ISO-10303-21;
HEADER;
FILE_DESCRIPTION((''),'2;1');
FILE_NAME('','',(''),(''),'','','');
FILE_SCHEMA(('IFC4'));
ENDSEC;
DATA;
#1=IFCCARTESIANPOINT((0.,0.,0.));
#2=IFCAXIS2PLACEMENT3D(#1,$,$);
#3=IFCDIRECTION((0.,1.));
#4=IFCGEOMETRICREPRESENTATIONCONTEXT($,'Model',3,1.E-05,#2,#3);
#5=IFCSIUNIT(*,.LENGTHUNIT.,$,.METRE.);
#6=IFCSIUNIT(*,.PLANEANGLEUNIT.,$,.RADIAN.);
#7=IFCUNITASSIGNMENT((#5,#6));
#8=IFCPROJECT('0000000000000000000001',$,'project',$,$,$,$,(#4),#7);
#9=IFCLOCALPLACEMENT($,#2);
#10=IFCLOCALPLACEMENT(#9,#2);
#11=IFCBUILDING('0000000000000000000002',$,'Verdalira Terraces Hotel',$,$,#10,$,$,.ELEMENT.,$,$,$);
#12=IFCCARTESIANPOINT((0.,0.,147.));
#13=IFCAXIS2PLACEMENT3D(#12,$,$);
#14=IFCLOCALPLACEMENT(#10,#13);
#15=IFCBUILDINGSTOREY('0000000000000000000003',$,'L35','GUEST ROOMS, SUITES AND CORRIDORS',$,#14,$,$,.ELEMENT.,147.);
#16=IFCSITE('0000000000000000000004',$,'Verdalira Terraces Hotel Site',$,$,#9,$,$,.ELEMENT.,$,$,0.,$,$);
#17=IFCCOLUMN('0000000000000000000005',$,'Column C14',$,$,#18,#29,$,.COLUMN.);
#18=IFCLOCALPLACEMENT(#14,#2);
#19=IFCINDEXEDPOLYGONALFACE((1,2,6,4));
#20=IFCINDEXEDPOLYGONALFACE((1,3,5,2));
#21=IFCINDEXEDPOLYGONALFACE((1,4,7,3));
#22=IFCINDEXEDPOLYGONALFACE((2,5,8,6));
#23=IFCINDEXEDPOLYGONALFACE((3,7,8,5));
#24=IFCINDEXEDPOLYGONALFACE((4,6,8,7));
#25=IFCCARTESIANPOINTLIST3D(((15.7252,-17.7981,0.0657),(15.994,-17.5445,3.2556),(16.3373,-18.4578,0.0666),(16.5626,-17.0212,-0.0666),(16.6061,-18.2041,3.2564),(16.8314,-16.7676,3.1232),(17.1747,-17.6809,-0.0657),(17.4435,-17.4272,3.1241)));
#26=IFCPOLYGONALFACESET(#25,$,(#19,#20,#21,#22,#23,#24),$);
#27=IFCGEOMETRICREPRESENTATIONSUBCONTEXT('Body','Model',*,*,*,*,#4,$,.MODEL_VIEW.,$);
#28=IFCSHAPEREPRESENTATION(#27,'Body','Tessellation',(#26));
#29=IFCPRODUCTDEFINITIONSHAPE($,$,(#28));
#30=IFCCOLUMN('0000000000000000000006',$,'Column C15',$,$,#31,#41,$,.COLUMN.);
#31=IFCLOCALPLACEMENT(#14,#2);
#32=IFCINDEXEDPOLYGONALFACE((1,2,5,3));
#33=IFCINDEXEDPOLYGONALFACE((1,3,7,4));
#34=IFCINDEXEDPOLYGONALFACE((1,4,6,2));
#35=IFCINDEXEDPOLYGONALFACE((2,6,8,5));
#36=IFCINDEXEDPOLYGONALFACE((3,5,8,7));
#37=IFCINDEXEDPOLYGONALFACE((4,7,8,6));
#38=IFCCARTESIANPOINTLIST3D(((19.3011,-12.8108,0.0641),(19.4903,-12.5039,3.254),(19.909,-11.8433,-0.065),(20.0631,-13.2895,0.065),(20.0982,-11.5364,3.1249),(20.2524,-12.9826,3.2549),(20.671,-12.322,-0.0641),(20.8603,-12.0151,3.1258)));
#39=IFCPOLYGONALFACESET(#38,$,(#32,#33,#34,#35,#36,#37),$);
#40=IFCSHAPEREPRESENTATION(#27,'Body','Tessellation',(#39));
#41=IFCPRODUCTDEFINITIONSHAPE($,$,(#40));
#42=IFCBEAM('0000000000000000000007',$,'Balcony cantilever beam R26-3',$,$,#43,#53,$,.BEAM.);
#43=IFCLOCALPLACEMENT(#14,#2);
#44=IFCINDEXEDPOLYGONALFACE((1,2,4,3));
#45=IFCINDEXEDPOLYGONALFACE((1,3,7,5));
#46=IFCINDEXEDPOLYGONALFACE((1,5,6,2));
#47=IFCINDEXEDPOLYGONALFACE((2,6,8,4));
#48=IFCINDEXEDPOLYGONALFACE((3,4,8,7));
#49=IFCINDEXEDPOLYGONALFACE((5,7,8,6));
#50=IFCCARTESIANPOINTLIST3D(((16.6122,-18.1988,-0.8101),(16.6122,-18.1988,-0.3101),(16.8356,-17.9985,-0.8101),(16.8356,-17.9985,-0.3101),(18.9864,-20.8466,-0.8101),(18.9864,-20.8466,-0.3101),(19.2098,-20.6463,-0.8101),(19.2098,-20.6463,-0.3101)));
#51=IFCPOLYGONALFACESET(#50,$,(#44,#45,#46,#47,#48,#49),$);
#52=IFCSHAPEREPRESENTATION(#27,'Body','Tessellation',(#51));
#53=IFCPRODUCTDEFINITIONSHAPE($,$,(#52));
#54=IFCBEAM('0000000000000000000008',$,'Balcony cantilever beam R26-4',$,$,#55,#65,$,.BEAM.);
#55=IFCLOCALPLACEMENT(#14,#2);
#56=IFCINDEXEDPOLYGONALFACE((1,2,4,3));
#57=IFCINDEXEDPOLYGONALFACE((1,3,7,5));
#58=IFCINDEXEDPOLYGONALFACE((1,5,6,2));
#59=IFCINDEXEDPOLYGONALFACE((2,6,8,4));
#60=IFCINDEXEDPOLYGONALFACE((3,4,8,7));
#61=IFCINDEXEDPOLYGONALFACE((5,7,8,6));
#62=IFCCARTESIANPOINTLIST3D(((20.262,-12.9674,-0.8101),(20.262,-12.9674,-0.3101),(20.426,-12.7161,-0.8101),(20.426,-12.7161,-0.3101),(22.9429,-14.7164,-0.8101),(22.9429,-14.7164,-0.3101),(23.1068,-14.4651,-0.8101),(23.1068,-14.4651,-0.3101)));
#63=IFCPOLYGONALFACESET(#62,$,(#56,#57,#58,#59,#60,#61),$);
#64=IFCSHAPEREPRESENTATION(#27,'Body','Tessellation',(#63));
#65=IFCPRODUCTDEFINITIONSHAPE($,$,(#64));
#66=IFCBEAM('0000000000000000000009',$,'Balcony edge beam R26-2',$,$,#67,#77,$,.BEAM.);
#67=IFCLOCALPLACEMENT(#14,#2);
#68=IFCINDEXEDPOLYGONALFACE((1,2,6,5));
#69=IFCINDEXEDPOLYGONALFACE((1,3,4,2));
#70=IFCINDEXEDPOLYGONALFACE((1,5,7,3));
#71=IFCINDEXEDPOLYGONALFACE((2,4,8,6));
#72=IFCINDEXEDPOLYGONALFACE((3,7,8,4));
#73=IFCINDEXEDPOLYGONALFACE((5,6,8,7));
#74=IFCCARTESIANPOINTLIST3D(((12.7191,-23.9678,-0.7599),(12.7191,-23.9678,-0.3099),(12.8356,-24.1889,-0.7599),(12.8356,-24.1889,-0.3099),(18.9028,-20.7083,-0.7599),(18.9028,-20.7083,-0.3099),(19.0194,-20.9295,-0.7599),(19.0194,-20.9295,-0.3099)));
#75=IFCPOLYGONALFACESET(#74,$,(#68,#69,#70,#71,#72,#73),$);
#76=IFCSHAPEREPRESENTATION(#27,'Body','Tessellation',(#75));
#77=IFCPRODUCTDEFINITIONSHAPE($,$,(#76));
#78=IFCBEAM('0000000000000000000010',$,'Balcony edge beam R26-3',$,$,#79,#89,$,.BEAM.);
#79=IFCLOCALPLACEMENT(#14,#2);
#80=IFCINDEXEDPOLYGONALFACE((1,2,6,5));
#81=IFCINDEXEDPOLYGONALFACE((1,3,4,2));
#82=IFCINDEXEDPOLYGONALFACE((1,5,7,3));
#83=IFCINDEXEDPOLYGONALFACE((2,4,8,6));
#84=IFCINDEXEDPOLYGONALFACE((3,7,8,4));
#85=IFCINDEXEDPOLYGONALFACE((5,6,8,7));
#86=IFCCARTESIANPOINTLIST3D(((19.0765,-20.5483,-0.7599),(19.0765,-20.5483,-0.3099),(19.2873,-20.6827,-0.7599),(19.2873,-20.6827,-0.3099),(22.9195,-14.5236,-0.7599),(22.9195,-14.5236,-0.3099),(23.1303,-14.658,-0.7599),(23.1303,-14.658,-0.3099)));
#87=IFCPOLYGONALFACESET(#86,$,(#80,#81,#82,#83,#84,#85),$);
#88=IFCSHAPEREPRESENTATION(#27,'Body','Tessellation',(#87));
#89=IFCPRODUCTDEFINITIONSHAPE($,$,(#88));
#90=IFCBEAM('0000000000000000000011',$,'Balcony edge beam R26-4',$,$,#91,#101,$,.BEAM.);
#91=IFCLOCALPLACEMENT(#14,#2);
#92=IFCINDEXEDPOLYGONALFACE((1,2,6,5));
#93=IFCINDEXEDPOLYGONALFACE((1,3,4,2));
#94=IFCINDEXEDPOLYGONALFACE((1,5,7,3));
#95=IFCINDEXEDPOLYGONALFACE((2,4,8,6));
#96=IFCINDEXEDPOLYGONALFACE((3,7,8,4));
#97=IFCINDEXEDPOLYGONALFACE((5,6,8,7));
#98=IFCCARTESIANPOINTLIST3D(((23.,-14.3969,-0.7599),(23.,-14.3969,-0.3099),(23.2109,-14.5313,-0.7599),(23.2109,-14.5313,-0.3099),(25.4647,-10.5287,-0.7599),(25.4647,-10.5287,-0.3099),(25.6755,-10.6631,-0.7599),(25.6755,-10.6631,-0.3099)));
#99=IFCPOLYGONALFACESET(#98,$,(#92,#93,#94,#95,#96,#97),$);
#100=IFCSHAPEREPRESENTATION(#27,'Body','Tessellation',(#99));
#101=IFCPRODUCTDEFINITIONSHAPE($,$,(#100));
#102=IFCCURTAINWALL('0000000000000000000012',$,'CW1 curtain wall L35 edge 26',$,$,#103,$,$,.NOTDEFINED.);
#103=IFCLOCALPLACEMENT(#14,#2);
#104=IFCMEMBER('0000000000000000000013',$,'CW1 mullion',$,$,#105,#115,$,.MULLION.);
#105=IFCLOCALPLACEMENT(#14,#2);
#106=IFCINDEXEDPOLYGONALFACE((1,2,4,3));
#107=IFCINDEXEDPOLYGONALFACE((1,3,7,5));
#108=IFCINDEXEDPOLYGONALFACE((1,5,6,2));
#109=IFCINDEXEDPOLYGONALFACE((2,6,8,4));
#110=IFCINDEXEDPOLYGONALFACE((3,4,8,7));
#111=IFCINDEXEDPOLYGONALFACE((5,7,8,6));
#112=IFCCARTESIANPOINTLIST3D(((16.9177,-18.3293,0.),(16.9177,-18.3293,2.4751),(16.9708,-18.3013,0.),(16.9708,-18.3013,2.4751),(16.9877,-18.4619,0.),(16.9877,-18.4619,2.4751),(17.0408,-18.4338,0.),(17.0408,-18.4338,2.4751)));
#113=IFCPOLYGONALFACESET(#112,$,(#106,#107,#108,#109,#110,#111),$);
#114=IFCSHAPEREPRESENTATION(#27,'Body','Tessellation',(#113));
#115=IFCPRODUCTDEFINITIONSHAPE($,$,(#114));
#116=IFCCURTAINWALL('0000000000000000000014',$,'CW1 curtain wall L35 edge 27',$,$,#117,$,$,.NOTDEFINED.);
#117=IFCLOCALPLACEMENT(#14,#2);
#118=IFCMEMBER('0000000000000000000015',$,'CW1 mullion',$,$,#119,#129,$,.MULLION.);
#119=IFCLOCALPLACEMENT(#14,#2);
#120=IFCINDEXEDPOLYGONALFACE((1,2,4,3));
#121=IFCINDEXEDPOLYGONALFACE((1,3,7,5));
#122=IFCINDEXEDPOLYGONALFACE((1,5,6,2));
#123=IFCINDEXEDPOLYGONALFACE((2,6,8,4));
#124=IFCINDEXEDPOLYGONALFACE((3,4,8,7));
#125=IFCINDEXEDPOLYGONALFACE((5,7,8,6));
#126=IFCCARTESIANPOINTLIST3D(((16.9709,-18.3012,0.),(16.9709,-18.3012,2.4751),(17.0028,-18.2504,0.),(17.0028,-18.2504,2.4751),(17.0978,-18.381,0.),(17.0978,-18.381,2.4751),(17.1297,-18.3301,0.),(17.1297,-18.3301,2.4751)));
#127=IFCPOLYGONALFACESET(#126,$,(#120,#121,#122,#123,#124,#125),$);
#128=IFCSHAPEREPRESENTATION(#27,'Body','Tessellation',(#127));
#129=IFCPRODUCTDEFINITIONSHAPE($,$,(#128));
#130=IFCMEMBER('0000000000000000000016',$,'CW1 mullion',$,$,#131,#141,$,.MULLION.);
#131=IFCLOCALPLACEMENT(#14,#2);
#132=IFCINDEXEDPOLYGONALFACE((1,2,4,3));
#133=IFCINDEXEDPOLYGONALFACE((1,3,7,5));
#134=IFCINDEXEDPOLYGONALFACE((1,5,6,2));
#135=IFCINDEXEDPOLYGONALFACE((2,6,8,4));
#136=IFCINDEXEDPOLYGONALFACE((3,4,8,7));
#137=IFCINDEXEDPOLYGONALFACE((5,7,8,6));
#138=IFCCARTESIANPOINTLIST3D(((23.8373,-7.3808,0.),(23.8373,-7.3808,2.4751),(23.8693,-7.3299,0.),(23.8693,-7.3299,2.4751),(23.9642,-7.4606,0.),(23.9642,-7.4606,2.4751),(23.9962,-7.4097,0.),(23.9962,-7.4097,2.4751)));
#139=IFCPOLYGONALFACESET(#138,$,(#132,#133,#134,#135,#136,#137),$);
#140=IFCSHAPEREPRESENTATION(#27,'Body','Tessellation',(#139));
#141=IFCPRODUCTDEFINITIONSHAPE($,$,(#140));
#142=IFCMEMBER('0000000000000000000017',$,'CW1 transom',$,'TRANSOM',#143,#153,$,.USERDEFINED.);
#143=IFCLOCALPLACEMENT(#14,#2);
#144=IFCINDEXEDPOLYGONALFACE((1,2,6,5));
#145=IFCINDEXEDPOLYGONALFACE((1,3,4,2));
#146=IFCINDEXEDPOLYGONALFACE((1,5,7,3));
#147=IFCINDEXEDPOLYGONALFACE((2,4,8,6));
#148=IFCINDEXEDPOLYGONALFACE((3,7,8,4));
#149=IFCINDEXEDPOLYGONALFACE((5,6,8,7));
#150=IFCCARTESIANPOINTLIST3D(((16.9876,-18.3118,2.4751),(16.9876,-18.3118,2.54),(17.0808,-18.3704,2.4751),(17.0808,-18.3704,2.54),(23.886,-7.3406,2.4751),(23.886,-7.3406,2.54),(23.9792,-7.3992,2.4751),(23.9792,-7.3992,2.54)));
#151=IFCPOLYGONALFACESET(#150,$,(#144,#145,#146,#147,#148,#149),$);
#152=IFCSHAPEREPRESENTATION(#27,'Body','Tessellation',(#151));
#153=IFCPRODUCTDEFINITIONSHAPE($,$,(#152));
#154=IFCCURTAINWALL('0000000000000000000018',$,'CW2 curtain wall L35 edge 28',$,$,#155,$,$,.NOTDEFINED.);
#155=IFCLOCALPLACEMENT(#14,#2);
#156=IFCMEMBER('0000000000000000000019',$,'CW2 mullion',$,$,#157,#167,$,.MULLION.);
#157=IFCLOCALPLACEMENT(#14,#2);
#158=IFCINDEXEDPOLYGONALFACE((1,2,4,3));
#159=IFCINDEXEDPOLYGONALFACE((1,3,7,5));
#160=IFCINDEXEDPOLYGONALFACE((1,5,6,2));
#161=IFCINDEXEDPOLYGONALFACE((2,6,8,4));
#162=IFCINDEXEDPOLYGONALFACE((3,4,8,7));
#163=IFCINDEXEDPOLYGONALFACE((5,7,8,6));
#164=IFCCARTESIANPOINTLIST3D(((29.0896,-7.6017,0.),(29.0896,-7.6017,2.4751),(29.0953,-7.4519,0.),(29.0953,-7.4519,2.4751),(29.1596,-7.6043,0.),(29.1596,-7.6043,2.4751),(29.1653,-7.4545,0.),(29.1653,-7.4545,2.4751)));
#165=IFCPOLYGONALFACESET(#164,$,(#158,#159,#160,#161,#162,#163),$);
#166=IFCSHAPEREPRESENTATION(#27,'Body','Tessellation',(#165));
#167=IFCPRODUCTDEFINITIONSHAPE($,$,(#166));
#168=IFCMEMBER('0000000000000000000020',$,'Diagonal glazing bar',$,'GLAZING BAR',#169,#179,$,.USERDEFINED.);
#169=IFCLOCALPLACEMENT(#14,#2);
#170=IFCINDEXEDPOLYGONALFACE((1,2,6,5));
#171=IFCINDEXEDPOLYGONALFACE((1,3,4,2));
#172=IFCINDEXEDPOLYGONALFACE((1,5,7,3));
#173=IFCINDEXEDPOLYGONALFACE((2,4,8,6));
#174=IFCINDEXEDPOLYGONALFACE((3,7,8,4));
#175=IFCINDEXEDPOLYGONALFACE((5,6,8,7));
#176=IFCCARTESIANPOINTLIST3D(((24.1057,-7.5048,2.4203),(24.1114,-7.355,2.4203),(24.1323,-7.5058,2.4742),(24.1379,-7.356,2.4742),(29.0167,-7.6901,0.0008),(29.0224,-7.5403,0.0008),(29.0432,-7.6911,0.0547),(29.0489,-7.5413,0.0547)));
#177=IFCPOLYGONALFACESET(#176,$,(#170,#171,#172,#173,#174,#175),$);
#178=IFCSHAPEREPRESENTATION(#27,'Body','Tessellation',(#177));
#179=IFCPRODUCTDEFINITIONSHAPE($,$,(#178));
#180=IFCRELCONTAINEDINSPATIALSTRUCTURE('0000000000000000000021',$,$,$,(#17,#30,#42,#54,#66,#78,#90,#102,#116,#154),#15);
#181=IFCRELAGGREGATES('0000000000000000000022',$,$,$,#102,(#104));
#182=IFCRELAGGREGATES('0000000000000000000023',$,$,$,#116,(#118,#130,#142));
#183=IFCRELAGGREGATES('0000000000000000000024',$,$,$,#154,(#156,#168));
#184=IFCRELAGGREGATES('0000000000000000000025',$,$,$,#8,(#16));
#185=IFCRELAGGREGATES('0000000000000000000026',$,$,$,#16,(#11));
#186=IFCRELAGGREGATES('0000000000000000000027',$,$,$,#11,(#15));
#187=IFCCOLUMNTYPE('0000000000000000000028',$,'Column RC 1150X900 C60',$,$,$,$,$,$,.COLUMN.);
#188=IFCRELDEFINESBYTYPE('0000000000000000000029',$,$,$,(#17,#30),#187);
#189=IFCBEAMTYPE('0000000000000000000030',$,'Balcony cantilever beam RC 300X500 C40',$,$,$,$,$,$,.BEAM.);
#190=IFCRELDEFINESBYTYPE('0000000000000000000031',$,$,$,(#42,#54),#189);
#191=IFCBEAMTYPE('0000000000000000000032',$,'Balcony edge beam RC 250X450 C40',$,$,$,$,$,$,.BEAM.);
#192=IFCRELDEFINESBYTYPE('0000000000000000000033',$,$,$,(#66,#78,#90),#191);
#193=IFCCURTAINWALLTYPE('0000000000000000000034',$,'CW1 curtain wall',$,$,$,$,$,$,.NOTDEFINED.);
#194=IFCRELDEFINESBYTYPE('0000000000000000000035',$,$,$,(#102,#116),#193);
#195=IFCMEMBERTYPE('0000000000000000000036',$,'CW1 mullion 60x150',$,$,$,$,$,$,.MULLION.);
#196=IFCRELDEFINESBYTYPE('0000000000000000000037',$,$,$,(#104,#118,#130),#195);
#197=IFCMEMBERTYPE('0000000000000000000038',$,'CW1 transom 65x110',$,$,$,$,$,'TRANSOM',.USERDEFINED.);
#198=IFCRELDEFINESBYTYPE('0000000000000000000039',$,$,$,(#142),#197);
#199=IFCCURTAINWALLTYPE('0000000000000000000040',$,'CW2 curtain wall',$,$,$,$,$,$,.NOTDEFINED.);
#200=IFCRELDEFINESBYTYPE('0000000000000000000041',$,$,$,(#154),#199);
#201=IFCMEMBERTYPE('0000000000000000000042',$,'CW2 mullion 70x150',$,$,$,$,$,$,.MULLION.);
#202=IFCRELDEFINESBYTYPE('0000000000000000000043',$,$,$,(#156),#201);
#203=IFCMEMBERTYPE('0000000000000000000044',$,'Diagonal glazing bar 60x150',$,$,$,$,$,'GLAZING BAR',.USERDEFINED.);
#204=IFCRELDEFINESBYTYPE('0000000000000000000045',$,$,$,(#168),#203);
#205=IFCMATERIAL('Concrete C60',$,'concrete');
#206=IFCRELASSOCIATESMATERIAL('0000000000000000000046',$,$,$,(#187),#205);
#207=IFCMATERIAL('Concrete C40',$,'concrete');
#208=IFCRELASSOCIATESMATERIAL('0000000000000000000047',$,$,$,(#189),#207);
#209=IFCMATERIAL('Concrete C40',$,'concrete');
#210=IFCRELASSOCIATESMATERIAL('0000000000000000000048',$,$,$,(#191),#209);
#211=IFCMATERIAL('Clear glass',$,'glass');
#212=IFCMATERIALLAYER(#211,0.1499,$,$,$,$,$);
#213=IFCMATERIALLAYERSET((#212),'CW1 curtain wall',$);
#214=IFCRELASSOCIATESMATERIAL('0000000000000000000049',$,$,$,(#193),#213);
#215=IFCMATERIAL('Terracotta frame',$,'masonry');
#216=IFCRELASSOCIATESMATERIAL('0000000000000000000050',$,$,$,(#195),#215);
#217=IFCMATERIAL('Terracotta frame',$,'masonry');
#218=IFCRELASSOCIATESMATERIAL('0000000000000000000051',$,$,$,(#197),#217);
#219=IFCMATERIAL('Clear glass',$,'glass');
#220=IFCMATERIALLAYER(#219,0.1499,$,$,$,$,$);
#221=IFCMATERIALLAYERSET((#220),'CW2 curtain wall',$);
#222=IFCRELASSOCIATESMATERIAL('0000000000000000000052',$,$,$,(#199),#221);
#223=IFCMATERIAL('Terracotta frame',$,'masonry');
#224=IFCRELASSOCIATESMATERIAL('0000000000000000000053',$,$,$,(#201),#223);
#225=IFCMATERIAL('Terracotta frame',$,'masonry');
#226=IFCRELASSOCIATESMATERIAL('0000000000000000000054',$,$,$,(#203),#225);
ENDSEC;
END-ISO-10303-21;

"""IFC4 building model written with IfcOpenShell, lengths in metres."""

from ifc_helpers import new_model, si_unit, direction, frame, origin, origin_2d, place, context, subcontext, project, spatial, rectangle, extrude, material, layer, layer_set, material_profile, profile_set, type_object, element, aggregate, save


model = new_model("IFC4")

# Units and contexts
model_context = context("Model", 3, precision=1e-05, world=origin(), true_north=direction((0.0, 1.0)))
body_context = subcontext(model_context, "Body", "Model", "MODEL_VIEW")
ifc_project = project(units=[si_unit("LENGTHUNIT", "METRE"), si_unit("PLANEANGLEUNIT", "RADIAN")], contexts=[model_context])

# Site, building, storey
site_placement = place(None, origin())
site = spatial("IfcSite", under=ifc_project, at=site_placement, Name="Verdalira Terraces Hotel Site", CompositionType="ELEMENT", RefElevation=0.0)
building_placement = place(site_placement, origin())
building = spatial("IfcBuilding", under=site, at=building_placement, Name="Verdalira Terraces Hotel", CompositionType="ELEMENT")
storey_placement = place(building_placement, frame((0.0, 0.0, 147.0)))
storey = spatial("IfcBuildingStorey", under=building, at=storey_placement, Name="L35", Description="GUEST ROOMS, SUITES AND CORRIDORS", CompositionType="ELEMENT", Elevation=147.0)

# Columns
ifc_material_1 = material(Name="Concrete C60", Category="concrete")
ifc_material_profile_1 = material_profile(ifc_material_1, rectangle(XDim=1.1499, YDim=0.8999, at=origin_2d()), Name="RC 1150X900")
ifc_profile_set_1 = profile_set([ifc_material_profile_1], Name="Concrete C60")
column_type = type_object("IfcColumnType", Name="Column RC 1150X900 C60", PredefinedType="COLUMN", material=ifc_profile_set_1)
column_1_placement = place(storey_placement, frame((16.45, -17.7395, 0.0), z_axis=(0.083705, 0.078991, 0.993355), x_axis=(-0.728217, -0.675614, 0.115087)))
element("IfcColumn", 1, at=column_1_placement, inside=storey, type_object=column_type, Name="Column C14", PredefinedType="COLUMN", context=body_context, shape_type="SweptSolid", body=[
    extrude(rectangle(XDim=1.1499, YDim=0.8999, at=origin_2d()), origin(), (0.0, 0.0, 1.0), 3.2112),
])
column_2_placement = place(storey_placement, frame((19.9861, -12.5664, 0.0), z_axis=(0.058939, 0.095595, 0.993674), x_axis=(0.528654, 0.841376, -0.1123)))
element("IfcColumn", 2, at=column_2_placement, inside=storey, type_object=column_type, Name="Column C15", PredefinedType="COLUMN", context=body_context, shape_type="SweptSolid", body=[
    extrude(rectangle(XDim=1.1499, YDim=0.8999, at=origin_2d()), origin(), (0.0, 0.0, 1.0), 3.2102),
])

# Beams
ifc_material_2 = material(Name="Concrete C40", Category="concrete")
ifc_material_profile_2 = material_profile(ifc_material_2, rectangle(XDim=0.3, YDim=0.5, at=origin_2d()), Name="RC 300X500")
ifc_profile_set_2 = profile_set([ifc_material_profile_2], Name="Concrete C40")
beam_type_1 = type_object("IfcBeamType", Name="Balcony cantilever beam RC 300X500 C40", PredefinedType="BEAM", material=ifc_profile_set_2)
beam_1_placement = place(storey_placement, frame((16.7239, -18.0986, -0.5601), z_axis=(0.667583, -0.744535, 0.0), x_axis=(0.744535, 0.667583, 0.0)))
element("IfcBeam", 3, at=beam_1_placement, inside=storey, type_object=beam_type_1, Name="Balcony cantilever beam R26-3", PredefinedType="BEAM", context=body_context, shape_type="SweptSolid", body=[
    extrude(rectangle(XDim=0.3, YDim=0.5, at=origin_2d()), origin(), (0.0, 0.0, 1.0), 3.5564),
])
beam_2_placement = place(storey_placement, frame((20.344, -12.8418, -0.5601), z_axis=(0.837524, -0.5464, 0.0), x_axis=(0.5464, 0.837524, 0.0)))
element("IfcBeam", 4, at=beam_2_placement, inside=storey, type_object=beam_type_1, Name="Balcony cantilever beam R26-4", PredefinedType="BEAM", context=body_context, shape_type="SweptSolid", body=[
    extrude(rectangle(XDim=0.3, YDim=0.5, at=origin_2d()), origin(), (0.0, 0.0, 1.0), 3.2009),
])
ifc_material_3 = material(Name="Concrete C40", Category="concrete")
ifc_material_profile_3 = material_profile(ifc_material_3, rectangle(XDim=0.25, YDim=0.45, at=origin_2d()), Name="RC 250X450")
ifc_profile_set_3 = profile_set([ifc_material_profile_3], Name="Concrete C40")
beam_type_2 = type_object("IfcBeamType", Name="Balcony edge beam RC 250X450 C40", PredefinedType="BEAM", material=ifc_profile_set_3)
beam_3_placement = place(storey_placement, frame((12.7773, -24.0784, -0.5349), z_axis=(0.884631, 0.466292, 0.0), x_axis=(-0.466292, 0.884631, 0.0)))
element("IfcBeam", 5, at=beam_3_placement, inside=storey, type_object=beam_type_2, Name="Balcony edge beam R26-2", PredefinedType="BEAM", context=body_context, shape_type="SweptSolid", body=[
    extrude(rectangle(XDim=0.25, YDim=0.45, at=origin_2d()), origin(), (0.0, 0.0, 1.0), 6.9902),
])
beam_4_placement = place(storey_placement, frame((19.1819, -20.6155, -0.5349), z_axis=(0.537786, 0.843081, 0.0), x_axis=(-0.843081, 0.537786, 0.0)))
element("IfcBeam", 6, at=beam_4_placement, inside=storey, type_object=beam_type_2, Name="Balcony edge beam R26-3", PredefinedType="BEAM", context=body_context, shape_type="SweptSolid", body=[
    extrude(rectangle(XDim=0.25, YDim=0.45, at=origin_2d()), origin(), (0.0, 0.0, 1.0), 7.146),
])
beam_5_placement = place(storey_placement, frame((23.1055, -14.4641, -0.5349), z_axis=(0.537347, 0.843361, 0.0), x_axis=(-0.843361, 0.537347, 0.0)))
element("IfcBeam", 7, at=beam_5_placement, inside=storey, type_object=beam_type_2, Name="Balcony edge beam R26-4", PredefinedType="BEAM", context=body_context, shape_type="SweptSolid", body=[
    extrude(rectangle(XDim=0.25, YDim=0.45, at=origin_2d()), origin(), (0.0, 0.0, 1.0), 4.5867),
])

# Curtain wall, member
ifc_material_4 = material(Name="Clear glass", Category="glass")
ifc_layer_1 = layer(ifc_material_4, 0.1499)
ifc_layer_set_1 = layer_set([ifc_layer_1], Name="CW1 curtain wall")
curtain_wall_type_1 = type_object("IfcCurtainWallType", Name="CW1 curtain wall", PredefinedType="NOTDEFINED", material=ifc_layer_set_1)
curtain_wall_1_placement = place(storey_placement, origin())
curtain_wall_1 = element("IfcCurtainWall", 8, at=curtain_wall_1_placement, inside=storey, type_object=curtain_wall_type_1, Name="CW1 curtain wall L35 edge 26", PredefinedType="NOTDEFINED")
ifc_material_5 = material(Name="Terracotta frame", Category="masonry")
ifc_material_profile_4 = material_profile(ifc_material_5, rectangle(XDim=0.0601, YDim=0.1499, at=origin_2d()), Name="MU 60x150")
ifc_profile_set_4 = profile_set([ifc_material_profile_4], Name="Terracotta frame")
member_type_1 = type_object("IfcMemberType", Name="CW1 mullion 60x150", PredefinedType="MULLION", material=ifc_profile_set_4)
member_1_placement = place(storey_placement, frame((16.9792, -18.3816, 0.0), z_axis=(0.0, 0.0, 1.0), x_axis=(0.884255, 0.467004, 0.0)))
member_1 = element("IfcMember", 9, at=member_1_placement, type_object=member_type_1, Name="CW1 mullion", PredefinedType="MULLION", context=body_context, shape_type="SweptSolid", body=[
    extrude(rectangle(XDim=0.0601, YDim=0.1499, at=origin_2d()), origin(), (0.0, 0.0, 1.0), 2.4751),
])
aggregate(curtain_wall_1, [member_1])

# Curtain walls, members
curtain_wall_2_placement = place(storey_placement, origin())
curtain_wall_2 = element("IfcCurtainWall", 10, at=curtain_wall_2_placement, inside=storey, type_object=curtain_wall_type_1, Name="CW1 curtain wall L35 edge 27", PredefinedType="NOTDEFINED")
member_2_placement = place(storey_placement, frame((17.0503, -18.3157, 0.0), z_axis=(0.0, 0.0, 1.0), x_axis=(0.532285, 0.846565, 0.0)))
member_2 = element("IfcMember", 11, at=member_2_placement, type_object=member_type_1, Name="CW1 mullion", PredefinedType="MULLION", context=body_context, shape_type="SweptSolid", body=[
    extrude(rectangle(XDim=0.0601, YDim=0.1499, at=origin_2d()), origin(), (0.0, 0.0, 1.0), 2.4751),
])
member_3_placement = place(storey_placement, frame((23.9167, -7.3953, 0.0), z_axis=(0.0, 0.0, 1.0), x_axis=(0.532285, 0.846565, 0.0)))
member_3 = element("IfcMember", 12, at=member_3_placement, type_object=member_type_1, Name="CW1 mullion", PredefinedType="MULLION", context=body_context, shape_type="SweptSolid", body=[
    extrude(rectangle(XDim=0.0601, YDim=0.1499, at=origin_2d()), origin(), (0.0, 0.0, 1.0), 2.4751),
])
ifc_material_6 = material(Name="Terracotta frame", Category="masonry")
ifc_material_profile_5 = material_profile(ifc_material_6, rectangle(XDim=0.1101, YDim=0.0649, at=origin_2d()), Name="TR 65x110")
ifc_profile_set_5 = profile_set([ifc_material_profile_5], Name="Terracotta frame")
member_type_2 = type_object("IfcMemberType", Name="CW1 transom 65x110", ElementType="TRANSOM", PredefinedType="USERDEFINED", material=ifc_profile_set_5)
member_4_placement = place(storey_placement, frame((17.0342, -18.3411, 2.5076), z_axis=(0.532297, 0.846558, 0.0), x_axis=(-0.846558, 0.532297, 0.0)))
member_4 = element("IfcMember", 13, at=member_4_placement, type_object=member_type_2, Name="CW1 transom", ObjectType="TRANSOM", PredefinedType="USERDEFINED", context=body_context, shape_type="SweptSolid", body=[
    extrude(rectangle(XDim=0.1101, YDim=0.0649, at=origin_2d()), origin(), (0.0, 0.0, 1.0), 12.9597),
])
ifc_material_7 = material(Name="Clear glass", Category="glass")
ifc_layer_2 = layer(ifc_material_7, 0.1499)
ifc_layer_set_2 = layer_set([ifc_layer_2], Name="CW2 curtain wall")
curtain_wall_type_2 = type_object("IfcCurtainWallType", Name="CW2 curtain wall", PredefinedType="NOTDEFINED", material=ifc_layer_set_2)
curtain_wall_3_placement = place(storey_placement, origin())
curtain_wall_3 = element("IfcCurtainWall", 14, at=curtain_wall_3_placement, inside=storey, type_object=curtain_wall_type_2, Name="CW2 curtain wall L35 edge 28", PredefinedType="NOTDEFINED")
ifc_material_8 = material(Name="Terracotta frame", Category="masonry")
ifc_material_profile_6 = material_profile(ifc_material_8, rectangle(XDim=0.0701, YDim=0.1499, at=origin_2d()), Name="MU 70x150")
ifc_profile_set_6 = profile_set([ifc_material_profile_6], Name="Terracotta frame")
member_type_3 = type_object("IfcMemberType", Name="CW2 mullion 70x150", PredefinedType="MULLION", material=ifc_profile_set_6)
member_5_placement = place(storey_placement, frame((29.1274, -7.5281, 0.0), z_axis=(0.0, 0.0, 1.0), x_axis=(0.999289, -0.03769, 0.0)))
member_5 = element("IfcMember", 15, at=member_5_placement, type_object=member_type_3, Name="CW2 mullion", PredefinedType="MULLION", context=body_context, shape_type="SweptSolid", body=[
    extrude(rectangle(XDim=0.0701, YDim=0.1499, at=origin_2d()), origin(), (0.0, 0.0, 1.0), 2.4751),
])
ifc_material_9 = material(Name="Terracotta frame", Category="masonry")
ifc_material_profile_7 = material_profile(ifc_material_9, rectangle(XDim=0.1499, YDim=0.0601, at=origin_2d()), Name="GB 60x150")
ifc_profile_set_7 = profile_set([ifc_material_profile_7], Name="Terracotta frame")
member_type_4 = type_object("IfcMemberType", Name="Diagonal glazing bar 60x150", ElementType="GLAZING BAR", PredefinedType="USERDEFINED", material=ifc_profile_set_7)
member_6_placement = place(storey_placement, frame((24.1218, -7.4304, 2.4473), z_axis=(0.896529, -0.033829, -0.441691), x_axis=(0.037706, 0.999289, 0.0)))
member_6 = element("IfcMember", 16, at=member_6_placement, type_object=member_type_4, Name="Diagonal glazing bar", ObjectType="GLAZING BAR", PredefinedType="USERDEFINED", context=body_context, shape_type="SweptSolid", body=[
    extrude(rectangle(XDim=0.1499, YDim=0.0601, at=origin_2d()), origin(), (0.0, 0.0, 1.0), 5.4778),
])

aggregate(curtain_wall_2, [member_2, member_3, member_4])
aggregate(curtain_wall_3, [member_5, member_6])

save(model, "model.ifc")
